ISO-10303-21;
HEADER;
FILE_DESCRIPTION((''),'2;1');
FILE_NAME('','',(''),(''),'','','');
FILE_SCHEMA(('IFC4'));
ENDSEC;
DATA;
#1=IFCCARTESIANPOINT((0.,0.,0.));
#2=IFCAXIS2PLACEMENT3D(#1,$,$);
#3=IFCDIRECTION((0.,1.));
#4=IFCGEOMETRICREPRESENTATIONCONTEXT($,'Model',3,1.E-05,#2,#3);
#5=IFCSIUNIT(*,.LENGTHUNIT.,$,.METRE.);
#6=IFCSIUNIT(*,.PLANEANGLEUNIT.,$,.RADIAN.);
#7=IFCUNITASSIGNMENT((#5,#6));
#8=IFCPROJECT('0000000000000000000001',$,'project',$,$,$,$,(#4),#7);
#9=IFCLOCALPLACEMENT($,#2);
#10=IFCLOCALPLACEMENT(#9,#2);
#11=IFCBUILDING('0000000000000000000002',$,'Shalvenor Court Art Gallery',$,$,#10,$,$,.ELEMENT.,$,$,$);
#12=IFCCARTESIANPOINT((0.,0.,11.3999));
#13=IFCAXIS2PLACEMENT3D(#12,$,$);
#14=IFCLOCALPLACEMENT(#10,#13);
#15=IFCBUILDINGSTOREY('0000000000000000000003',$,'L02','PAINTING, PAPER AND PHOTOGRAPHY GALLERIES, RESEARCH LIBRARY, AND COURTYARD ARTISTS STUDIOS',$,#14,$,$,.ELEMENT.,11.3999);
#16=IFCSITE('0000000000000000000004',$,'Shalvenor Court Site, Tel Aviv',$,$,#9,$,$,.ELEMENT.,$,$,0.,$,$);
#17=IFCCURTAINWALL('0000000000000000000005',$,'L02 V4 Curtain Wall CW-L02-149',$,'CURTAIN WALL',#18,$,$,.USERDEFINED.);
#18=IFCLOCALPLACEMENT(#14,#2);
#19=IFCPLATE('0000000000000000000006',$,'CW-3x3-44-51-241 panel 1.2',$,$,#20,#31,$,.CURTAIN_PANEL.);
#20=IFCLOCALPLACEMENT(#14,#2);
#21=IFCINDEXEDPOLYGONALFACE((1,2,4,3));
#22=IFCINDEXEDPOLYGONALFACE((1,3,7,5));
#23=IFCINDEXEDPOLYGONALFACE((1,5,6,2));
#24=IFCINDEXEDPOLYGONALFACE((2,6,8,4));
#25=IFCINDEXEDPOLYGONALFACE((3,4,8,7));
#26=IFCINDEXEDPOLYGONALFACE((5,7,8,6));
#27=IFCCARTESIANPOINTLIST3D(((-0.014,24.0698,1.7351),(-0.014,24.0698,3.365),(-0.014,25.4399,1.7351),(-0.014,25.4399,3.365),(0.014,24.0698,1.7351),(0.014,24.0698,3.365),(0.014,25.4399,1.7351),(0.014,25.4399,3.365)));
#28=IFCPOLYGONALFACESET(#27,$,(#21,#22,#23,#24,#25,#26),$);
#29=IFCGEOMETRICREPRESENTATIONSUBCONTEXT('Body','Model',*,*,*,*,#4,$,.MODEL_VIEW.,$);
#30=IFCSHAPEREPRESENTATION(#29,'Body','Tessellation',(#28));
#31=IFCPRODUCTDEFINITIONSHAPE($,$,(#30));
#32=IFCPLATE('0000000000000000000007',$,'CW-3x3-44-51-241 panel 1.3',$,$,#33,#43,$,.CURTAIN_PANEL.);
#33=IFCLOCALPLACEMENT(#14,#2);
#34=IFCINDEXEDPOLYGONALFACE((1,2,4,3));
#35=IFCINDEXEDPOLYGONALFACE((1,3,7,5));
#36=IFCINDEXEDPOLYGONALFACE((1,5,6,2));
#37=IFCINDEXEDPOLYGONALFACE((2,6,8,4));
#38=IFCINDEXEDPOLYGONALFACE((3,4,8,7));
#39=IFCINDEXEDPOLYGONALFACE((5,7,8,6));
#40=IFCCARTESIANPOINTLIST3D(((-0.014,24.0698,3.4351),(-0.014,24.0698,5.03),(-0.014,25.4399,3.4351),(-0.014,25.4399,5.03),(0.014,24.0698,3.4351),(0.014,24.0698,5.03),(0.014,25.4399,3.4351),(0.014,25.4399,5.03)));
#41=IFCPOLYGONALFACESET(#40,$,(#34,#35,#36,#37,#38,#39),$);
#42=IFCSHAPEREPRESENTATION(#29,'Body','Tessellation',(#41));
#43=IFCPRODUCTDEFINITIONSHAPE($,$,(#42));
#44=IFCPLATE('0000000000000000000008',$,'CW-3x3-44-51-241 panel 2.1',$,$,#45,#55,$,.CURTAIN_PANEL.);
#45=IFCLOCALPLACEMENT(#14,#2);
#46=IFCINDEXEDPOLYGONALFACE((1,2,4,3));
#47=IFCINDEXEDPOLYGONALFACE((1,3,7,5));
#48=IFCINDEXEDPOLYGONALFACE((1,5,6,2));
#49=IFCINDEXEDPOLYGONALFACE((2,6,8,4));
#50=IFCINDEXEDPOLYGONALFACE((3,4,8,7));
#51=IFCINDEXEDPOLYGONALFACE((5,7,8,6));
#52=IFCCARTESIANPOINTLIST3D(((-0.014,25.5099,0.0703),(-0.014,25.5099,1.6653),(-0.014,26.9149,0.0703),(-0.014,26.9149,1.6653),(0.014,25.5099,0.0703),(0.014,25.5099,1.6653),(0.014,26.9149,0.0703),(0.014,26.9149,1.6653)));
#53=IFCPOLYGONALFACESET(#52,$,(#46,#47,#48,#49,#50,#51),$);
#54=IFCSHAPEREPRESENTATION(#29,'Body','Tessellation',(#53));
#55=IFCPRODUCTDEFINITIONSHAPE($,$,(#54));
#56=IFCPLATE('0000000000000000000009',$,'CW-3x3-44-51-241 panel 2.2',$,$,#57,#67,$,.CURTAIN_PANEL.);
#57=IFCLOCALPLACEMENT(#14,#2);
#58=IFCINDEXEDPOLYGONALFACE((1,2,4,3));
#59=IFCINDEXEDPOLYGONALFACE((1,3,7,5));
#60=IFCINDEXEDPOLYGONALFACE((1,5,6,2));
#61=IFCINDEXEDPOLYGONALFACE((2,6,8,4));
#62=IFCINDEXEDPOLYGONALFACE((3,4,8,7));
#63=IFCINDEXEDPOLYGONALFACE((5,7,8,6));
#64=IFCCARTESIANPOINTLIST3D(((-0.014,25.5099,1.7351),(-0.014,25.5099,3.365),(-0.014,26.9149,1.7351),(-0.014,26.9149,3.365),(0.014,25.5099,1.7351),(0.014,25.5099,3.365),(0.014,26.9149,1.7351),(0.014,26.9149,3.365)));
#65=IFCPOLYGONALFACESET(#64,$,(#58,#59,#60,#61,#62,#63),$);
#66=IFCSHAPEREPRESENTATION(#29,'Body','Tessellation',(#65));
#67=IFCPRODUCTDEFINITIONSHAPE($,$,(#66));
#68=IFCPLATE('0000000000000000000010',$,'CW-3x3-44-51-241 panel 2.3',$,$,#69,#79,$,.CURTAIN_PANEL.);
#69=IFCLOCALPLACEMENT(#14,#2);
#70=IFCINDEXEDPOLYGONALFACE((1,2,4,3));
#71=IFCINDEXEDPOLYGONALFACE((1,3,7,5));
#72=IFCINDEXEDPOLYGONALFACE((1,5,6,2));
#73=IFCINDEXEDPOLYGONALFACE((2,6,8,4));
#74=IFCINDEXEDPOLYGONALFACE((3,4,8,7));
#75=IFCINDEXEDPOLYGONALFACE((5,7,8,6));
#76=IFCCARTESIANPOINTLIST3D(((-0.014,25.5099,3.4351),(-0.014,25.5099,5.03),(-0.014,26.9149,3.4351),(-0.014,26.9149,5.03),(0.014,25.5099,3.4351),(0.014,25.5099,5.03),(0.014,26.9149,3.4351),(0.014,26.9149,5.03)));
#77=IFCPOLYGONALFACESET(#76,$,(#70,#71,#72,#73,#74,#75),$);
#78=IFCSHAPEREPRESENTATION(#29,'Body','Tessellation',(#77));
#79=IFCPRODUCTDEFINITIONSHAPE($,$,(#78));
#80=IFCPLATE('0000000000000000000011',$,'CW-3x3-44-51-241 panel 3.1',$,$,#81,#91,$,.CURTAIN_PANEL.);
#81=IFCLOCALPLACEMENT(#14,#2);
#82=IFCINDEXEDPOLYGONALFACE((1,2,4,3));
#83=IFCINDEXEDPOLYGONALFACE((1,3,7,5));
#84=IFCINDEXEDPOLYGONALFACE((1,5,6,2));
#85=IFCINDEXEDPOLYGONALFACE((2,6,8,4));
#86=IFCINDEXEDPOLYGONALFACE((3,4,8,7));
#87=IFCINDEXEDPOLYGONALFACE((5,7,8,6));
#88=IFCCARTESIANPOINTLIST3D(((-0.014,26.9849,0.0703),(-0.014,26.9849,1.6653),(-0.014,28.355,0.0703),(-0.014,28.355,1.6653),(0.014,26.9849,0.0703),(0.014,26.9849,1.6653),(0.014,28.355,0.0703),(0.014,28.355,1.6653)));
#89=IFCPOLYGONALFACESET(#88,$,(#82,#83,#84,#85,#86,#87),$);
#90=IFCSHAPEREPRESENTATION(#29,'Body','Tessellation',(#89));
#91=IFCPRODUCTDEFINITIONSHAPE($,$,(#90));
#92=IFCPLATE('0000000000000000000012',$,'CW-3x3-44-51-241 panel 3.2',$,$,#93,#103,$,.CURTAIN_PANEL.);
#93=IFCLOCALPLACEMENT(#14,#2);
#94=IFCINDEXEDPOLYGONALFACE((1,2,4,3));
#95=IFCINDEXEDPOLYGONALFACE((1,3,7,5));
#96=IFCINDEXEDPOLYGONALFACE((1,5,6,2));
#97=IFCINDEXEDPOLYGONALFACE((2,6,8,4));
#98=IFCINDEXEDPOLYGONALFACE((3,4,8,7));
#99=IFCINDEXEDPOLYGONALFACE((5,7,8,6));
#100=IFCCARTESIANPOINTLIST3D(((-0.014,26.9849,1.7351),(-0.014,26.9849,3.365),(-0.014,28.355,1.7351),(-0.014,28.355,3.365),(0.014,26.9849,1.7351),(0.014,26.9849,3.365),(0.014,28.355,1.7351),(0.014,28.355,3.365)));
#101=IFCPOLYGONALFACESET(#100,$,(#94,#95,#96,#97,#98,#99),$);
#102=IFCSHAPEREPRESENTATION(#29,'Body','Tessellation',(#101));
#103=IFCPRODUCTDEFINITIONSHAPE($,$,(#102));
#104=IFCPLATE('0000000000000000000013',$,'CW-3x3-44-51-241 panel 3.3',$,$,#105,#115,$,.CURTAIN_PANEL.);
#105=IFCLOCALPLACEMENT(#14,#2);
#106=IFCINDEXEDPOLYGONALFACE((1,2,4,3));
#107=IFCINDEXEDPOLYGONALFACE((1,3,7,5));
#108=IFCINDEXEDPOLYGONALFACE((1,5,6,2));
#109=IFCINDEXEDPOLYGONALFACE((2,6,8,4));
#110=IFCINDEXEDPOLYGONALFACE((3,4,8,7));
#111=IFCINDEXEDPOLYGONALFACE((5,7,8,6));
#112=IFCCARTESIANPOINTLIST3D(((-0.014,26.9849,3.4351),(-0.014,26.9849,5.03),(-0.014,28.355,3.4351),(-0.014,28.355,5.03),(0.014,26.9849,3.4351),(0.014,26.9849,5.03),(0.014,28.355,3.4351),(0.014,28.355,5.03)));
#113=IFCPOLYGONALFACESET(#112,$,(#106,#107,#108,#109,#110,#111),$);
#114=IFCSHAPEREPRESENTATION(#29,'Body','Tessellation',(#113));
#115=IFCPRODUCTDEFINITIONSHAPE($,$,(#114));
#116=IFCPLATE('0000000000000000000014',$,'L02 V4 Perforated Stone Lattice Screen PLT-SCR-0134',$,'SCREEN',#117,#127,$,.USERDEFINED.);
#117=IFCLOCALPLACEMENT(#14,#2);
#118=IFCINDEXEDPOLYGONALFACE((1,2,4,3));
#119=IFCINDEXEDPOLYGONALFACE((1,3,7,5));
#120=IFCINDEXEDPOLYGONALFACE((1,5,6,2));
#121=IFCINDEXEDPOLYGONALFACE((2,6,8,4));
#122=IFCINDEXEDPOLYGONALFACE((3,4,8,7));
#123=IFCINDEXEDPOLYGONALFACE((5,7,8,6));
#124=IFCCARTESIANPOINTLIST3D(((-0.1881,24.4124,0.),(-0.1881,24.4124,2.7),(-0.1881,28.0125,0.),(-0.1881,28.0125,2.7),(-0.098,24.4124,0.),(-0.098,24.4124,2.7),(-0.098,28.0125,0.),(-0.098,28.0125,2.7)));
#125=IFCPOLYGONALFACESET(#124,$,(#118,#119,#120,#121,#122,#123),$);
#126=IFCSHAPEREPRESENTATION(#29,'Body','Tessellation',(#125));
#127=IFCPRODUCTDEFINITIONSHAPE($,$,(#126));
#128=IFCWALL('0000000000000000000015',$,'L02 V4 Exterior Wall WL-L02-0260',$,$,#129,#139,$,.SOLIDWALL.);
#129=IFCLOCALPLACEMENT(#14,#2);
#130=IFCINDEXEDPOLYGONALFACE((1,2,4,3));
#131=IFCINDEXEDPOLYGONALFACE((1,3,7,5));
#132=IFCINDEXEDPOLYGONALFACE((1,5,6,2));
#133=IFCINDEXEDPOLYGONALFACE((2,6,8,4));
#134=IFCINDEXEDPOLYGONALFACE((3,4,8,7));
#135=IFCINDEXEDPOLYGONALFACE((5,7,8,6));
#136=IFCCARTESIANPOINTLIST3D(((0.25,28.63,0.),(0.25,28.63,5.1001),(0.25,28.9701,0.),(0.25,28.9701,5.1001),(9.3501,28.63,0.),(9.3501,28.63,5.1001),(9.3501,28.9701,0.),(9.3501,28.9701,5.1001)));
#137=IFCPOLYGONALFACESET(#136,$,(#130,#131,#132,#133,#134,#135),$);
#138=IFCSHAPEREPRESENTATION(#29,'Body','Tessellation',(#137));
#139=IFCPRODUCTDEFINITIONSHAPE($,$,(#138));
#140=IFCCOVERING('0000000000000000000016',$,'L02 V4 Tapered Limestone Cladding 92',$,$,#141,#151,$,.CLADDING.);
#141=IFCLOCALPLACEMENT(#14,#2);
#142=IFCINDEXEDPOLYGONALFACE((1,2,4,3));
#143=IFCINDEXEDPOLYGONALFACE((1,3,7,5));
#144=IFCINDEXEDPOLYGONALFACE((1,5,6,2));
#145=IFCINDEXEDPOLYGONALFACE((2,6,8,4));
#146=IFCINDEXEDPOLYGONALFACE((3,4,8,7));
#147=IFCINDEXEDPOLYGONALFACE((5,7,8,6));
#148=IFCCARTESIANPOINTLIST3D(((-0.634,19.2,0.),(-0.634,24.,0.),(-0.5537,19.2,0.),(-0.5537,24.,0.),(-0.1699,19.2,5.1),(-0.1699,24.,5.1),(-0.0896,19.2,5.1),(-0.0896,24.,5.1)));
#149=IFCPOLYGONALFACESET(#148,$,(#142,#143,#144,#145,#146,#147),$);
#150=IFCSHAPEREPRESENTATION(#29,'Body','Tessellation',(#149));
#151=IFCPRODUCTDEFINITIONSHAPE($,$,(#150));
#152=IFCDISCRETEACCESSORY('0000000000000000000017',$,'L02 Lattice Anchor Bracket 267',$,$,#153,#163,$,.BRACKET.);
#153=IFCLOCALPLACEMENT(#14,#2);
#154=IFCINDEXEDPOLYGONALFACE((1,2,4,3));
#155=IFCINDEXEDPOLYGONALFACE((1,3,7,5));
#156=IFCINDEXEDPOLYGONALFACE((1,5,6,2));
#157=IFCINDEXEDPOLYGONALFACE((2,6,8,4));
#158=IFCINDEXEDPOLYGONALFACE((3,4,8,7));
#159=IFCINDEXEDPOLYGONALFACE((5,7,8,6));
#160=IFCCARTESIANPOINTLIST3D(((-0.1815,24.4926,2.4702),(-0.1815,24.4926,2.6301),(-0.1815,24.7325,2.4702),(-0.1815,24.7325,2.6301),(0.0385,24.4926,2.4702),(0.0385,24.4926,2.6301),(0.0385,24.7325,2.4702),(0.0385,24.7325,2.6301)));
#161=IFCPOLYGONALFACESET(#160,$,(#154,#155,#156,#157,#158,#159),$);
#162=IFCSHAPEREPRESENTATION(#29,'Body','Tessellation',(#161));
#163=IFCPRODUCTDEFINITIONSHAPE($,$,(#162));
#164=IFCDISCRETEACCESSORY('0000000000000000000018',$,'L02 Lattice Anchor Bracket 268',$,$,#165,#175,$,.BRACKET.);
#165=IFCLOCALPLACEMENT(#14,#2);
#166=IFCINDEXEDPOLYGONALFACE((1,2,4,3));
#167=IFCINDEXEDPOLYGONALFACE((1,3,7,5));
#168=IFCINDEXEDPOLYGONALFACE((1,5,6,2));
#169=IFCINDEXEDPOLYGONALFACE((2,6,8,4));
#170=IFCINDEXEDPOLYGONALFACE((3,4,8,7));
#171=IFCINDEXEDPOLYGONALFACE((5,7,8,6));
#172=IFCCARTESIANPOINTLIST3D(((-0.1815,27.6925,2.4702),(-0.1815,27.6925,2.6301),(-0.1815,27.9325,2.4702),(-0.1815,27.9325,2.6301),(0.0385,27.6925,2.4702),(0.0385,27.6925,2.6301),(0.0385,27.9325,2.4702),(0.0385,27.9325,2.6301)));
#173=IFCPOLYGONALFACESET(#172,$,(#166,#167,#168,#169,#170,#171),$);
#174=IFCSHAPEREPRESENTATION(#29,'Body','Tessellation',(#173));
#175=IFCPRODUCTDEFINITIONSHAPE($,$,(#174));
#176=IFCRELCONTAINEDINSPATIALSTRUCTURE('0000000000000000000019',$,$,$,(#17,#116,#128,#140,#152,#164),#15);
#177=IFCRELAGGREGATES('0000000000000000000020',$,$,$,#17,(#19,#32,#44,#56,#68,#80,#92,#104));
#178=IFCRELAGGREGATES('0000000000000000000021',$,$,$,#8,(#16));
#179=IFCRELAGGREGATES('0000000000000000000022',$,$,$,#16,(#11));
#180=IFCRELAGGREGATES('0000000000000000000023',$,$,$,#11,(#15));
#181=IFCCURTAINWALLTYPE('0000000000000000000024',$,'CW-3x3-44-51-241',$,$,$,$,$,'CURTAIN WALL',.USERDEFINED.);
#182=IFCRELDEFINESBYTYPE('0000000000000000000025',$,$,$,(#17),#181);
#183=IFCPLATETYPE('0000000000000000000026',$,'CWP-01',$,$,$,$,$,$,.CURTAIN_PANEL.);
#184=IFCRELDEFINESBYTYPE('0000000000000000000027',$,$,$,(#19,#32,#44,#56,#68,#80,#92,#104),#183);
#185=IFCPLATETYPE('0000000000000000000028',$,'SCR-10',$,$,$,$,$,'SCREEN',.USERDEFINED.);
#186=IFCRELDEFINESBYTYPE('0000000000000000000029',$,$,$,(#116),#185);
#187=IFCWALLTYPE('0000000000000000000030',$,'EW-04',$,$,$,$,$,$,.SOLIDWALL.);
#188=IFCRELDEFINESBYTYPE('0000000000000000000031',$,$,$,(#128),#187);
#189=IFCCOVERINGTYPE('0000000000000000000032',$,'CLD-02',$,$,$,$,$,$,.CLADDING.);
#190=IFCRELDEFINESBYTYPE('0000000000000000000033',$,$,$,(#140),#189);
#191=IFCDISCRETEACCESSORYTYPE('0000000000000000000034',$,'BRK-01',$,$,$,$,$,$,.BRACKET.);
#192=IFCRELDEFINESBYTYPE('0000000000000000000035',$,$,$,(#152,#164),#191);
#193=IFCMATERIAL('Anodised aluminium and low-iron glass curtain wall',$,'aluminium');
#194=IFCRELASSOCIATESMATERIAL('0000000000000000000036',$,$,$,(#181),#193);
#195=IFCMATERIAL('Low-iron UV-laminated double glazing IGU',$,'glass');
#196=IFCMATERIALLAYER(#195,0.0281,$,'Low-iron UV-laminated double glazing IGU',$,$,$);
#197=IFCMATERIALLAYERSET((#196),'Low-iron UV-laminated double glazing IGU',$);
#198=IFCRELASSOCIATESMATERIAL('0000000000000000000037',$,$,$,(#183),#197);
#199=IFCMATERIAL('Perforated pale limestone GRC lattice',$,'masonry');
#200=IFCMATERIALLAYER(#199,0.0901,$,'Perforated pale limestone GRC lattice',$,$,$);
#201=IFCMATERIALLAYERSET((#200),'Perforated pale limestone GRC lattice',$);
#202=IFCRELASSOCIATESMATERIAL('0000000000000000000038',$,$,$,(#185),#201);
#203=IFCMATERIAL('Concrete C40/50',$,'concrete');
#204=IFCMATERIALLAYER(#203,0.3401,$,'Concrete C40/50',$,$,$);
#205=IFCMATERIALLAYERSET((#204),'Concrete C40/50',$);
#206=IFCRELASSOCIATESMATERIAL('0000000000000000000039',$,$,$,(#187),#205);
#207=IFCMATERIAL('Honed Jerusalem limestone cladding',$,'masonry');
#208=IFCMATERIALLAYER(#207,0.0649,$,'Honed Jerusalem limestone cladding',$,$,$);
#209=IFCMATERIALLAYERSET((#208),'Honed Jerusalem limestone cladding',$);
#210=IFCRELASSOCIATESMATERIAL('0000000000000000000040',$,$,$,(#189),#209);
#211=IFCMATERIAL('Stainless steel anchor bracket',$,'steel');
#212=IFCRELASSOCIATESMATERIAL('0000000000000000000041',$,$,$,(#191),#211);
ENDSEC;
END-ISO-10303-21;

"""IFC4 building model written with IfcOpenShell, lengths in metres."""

from ifc_helpers import new_model, si_unit, direction, frame, frame_2d, origin, origin_2d, place, context, subcontext, project, spatial, polyline, rectangle, outline, extrude, material, layer, layer_set, type_object, element, aggregate, save


model = new_model("IFC4")

# Units and contexts
model_context = context("Model", 3, precision=1e-05, world=origin(), true_north=direction((0.0, 1.0)))
body_context = subcontext(model_context, "Body", "Model", "MODEL_VIEW")
ifc_project = project(units=[si_unit("LENGTHUNIT", "METRE"), si_unit("PLANEANGLEUNIT", "RADIAN")], contexts=[model_context])

# Site, building, storey
site_placement = place(None, origin())
site = spatial("IfcSite", under=ifc_project, at=site_placement, Name="Shalvenor Court Site, Tel Aviv", CompositionType="ELEMENT", RefElevation=0.0)
building_placement = place(site_placement, origin())
building = spatial("IfcBuilding", under=site, at=building_placement, Name="Shalvenor Court Art Gallery", CompositionType="ELEMENT")
storey_placement = place(building_placement, frame((0.0, 0.0, 11.3999)))
storey = spatial("IfcBuildingStorey", under=building, at=storey_placement, Name="L02", Description="PAINTING, PAPER AND PHOTOGRAPHY GALLERIES, RESEARCH LIBRARY, AND COURTYARD ARTISTS STUDIOS", CompositionType="ELEMENT", Elevation=11.3999)

# Curtain wall, plates
ifc_material_1 = material(Name="Anodised aluminium and low-iron glass curtain wall", Category="aluminium")
curtain_wall_type = type_object("IfcCurtainWallType", Name="CW-3x3-44-51-241", ElementType="CURTAIN WALL", PredefinedType="USERDEFINED", material=ifc_material_1)
curtain_wall_placement = place(storey_placement, origin())
curtain_wall = element("IfcCurtainWall", 1, at=curtain_wall_placement, inside=storey, type_object=curtain_wall_type, Name="L02 V4 Curtain Wall CW-L02-149", ObjectType="CURTAIN WALL", PredefinedType="USERDEFINED")
ifc_material_2 = material(Name="Low-iron UV-laminated double glazing IGU", Category="glass")
ifc_layer_1 = layer(ifc_material_2, 0.0281, Name="Low-iron UV-laminated double glazing IGU")
ifc_layer_set_1 = layer_set([ifc_layer_1], Name="Low-iron UV-laminated double glazing IGU")
plate_type_1 = type_object("IfcPlateType", Name="CWP-01", PredefinedType="CURTAIN_PANEL", material=ifc_layer_set_1)
plate_1_placement = place(storey_placement, frame((0.0, 24.7549, 1.7351), z_axis=(0.0, 0.0, 1.0), x_axis=(0.0, 1.0, 0.0)))
plate_1 = element("IfcPlate", 2, at=plate_1_placement, type_object=plate_type_1, Name="CW-3x3-44-51-241 panel 1.2", PredefinedType="CURTAIN_PANEL", context=body_context, shape_type="SweptSolid", body=[
    extrude(rectangle(XDim=1.3701, YDim=0.0281, at=origin_2d()), origin(), (0.0, 0.0, 1.0), 1.6299),
])
plate_2_placement = place(storey_placement, frame((0.0, 24.7549, 3.4351), z_axis=(0.0, 0.0, 1.0), x_axis=(0.0, 1.0, 0.0)))
plate_2 = element("IfcPlate", 3, at=plate_2_placement, type_object=plate_type_1, Name="CW-3x3-44-51-241 panel 1.3", PredefinedType="CURTAIN_PANEL", context=body_context, shape_type="SweptSolid", body=[
    extrude(rectangle(XDim=1.3701, YDim=0.0281, at=origin_2d()), origin(), (0.0, 0.0, 1.0), 1.595),
])
plate_3_placement = place(storey_placement, frame((0.0, 26.2124, 0.0703), z_axis=(0.0, 0.0, 1.0), x_axis=(0.0, 1.0, 0.0)))
plate_3 = element("IfcPlate", 4, at=plate_3_placement, type_object=plate_type_1, Name="CW-3x3-44-51-241 panel 2.1", PredefinedType="CURTAIN_PANEL", context=body_context, shape_type="SweptSolid", body=[
    extrude(rectangle(XDim=1.405, YDim=0.0281, at=origin_2d()), origin(), (0.0, 0.0, 1.0), 1.595),
])
plate_4_placement = place(storey_placement, frame((0.0, 26.2124, 1.7351), z_axis=(0.0, 0.0, 1.0), x_axis=(0.0, 1.0, 0.0)))
plate_4 = element("IfcPlate", 5, at=plate_4_placement, type_object=plate_type_1, Name="CW-3x3-44-51-241 panel 2.2", PredefinedType="CURTAIN_PANEL", context=body_context, shape_type="SweptSolid", body=[
    extrude(rectangle(XDim=1.405, YDim=0.0281, at=origin_2d()), origin(), (0.0, 0.0, 1.0), 1.6299),
])
plate_5_placement = place(storey_placement, frame((0.0, 26.2124, 3.4351), z_axis=(0.0, 0.0, 1.0), x_axis=(0.0, 1.0, 0.0)))
plate_5 = element("IfcPlate", 6, at=plate_5_placement, type_object=plate_type_1, Name="CW-3x3-44-51-241 panel 2.3", PredefinedType="CURTAIN_PANEL", context=body_context, shape_type="SweptSolid", body=[
    extrude(rectangle(XDim=1.405, YDim=0.0281, at=origin_2d()), origin(), (0.0, 0.0, 1.0), 1.595),
])
plate_6_placement = place(storey_placement, frame((0.0, 27.6699, 0.0703), z_axis=(0.0, 0.0, 1.0), x_axis=(0.0, 1.0, 0.0)))
plate_6 = element("IfcPlate", 7, at=plate_6_placement, type_object=plate_type_1, Name="CW-3x3-44-51-241 panel 3.1", PredefinedType="CURTAIN_PANEL", context=body_context, shape_type="SweptSolid", body=[
    extrude(rectangle(XDim=1.3701, YDim=0.0281, at=origin_2d()), origin(), (0.0, 0.0, 1.0), 1.595),
])
plate_7_placement = place(storey_placement, frame((0.0, 27.6699, 1.7351), z_axis=(0.0, 0.0, 1.0), x_axis=(0.0, 1.0, 0.0)))
plate_7 = element("IfcPlate", 8, at=plate_7_placement, type_object=plate_type_1, Name="CW-3x3-44-51-241 panel 3.2", PredefinedType="CURTAIN_PANEL", context=body_context, shape_type="SweptSolid", body=[
    extrude(rectangle(XDim=1.3701, YDim=0.0281, at=origin_2d()), origin(), (0.0, 0.0, 1.0), 1.6299),
])
plate_8_placement = place(storey_placement, frame((0.0, 27.6699, 3.4351), z_axis=(0.0, 0.0, 1.0), x_axis=(0.0, 1.0, 0.0)))
plate_8 = element("IfcPlate", 9, at=plate_8_placement, type_object=plate_type_1, Name="CW-3x3-44-51-241 panel 3.3", PredefinedType="CURTAIN_PANEL", context=body_context, shape_type="SweptSolid", body=[
    extrude(rectangle(XDim=1.3701, YDim=0.0281, at=origin_2d()), origin(), (0.0, 0.0, 1.0), 1.595),
])
aggregate(curtain_wall, [plate_1, plate_2, plate_3, plate_4, plate_5, plate_6, plate_7, plate_8])

# Plate
ifc_material_3 = material(Name="Perforated pale limestone GRC lattice", Category="masonry")
ifc_layer_2 = layer(ifc_material_3, 0.0901, Name="Perforated pale limestone GRC lattice")
ifc_layer_set_2 = layer_set([ifc_layer_2], Name="Perforated pale limestone GRC lattice")
plate_type_2 = type_object("IfcPlateType", Name="SCR-10", ElementType="SCREEN", PredefinedType="USERDEFINED", material=ifc_layer_set_2)
plate_9_placement = place(storey_placement, frame((-0.1431, 26.2124, 0.0), z_axis=(0.0, 0.0, 1.0), x_axis=(0.0, 1.0, 0.0)))
element("IfcPlate", 10, at=plate_9_placement, inside=storey, type_object=plate_type_2, Name="L02 V4 Perforated Stone Lattice Screen PLT-SCR-0134", ObjectType="SCREEN", PredefinedType="USERDEFINED", context=body_context, shape_type="SweptSolid", body=[
    extrude(rectangle(XDim=3.6001, YDim=0.0901, at=origin_2d()), origin(), (0.0, 0.0, 1.0), 2.7),
])

# Wall
ifc_material_4 = material(Name="Concrete C40/50", Category="concrete")
ifc_layer_3 = layer(ifc_material_4, 0.3401, Name="Concrete C40/50")
ifc_layer_set_3 = layer_set([ifc_layer_3], Name="Concrete C40/50")
wall_type = type_object("IfcWallType", Name="EW-04", PredefinedType="SOLIDWALL", material=ifc_layer_set_3)
wall_placement = place(storey_placement, frame((0.25, 28.8, 0.0), z_axis=(0.0, 0.0, 1.0), x_axis=(1.0, 0.0, 0.0)))
element("IfcWall", 11, at=wall_placement, inside=storey, type_object=wall_type, Name="L02 V4 Exterior Wall WL-L02-0260", PredefinedType="SOLIDWALL", context=body_context, shape_type="SweptSolid", body=[
    extrude(rectangle(XDim=9.1001, YDim=0.3401, at=frame_2d((4.55, 0.0))), origin(), (0.0, 0.0, 1.0), 5.1001),
])

# Covering
ifc_material_5 = material(Name="Honed Jerusalem limestone cladding", Category="masonry")
ifc_layer_4 = layer(ifc_material_5, 0.0649, Name="Honed Jerusalem limestone cladding")
ifc_layer_set_4 = layer_set([ifc_layer_4], Name="Honed Jerusalem limestone cladding")
covering_type = type_object("IfcCoveringType", Name="CLD-02", PredefinedType="CLADDING", material=ifc_layer_set_4)
covering_placement = place(storey_placement, frame((-0.634, 24.0, 0.0), z_axis=(0.0, 0.0, 1.0), x_axis=(0.0, -1.0, 0.0)))
element("IfcCovering", 12, at=covering_placement, inside=storey, type_object=covering_type, Name="L02 V4 Tapered Limestone Cladding 92", PredefinedType="CLADDING", context=body_context, shape_type="SweptSolid", body=[
    extrude(outline(polyline([(0.0, 0.0), (4.8, 0.0), (4.8, 5.1211), (0.0, 5.1211), (0.0, 0.0)])), frame((0.0, 0.0, 0.0), z_axis=(0.0, -0.995884, 0.090633), x_axis=(1.0, 0.0, 0.0)), (0.0, 0.090633, -0.995884), 0.0803),
])

# Discrete accessories
ifc_material_6 = material(Name="Stainless steel anchor bracket", Category="steel")
discrete_accessory_type = type_object("IfcDiscreteAccessoryType", Name="BRK-01", PredefinedType="BRACKET", material=ifc_material_6)
for number, where, z_axis, x_axis, name in (
    (13, (-0.0715, 24.6125, 2.4702), (0.0, 0.0, 1.0), (0.0, 1.0, 0.0), "L02 Lattice Anchor Bracket 267"),
    (14, (-0.0715, 27.8125, 2.4702), (0.0, 0.0, 1.0), (0.0, 1.0, 0.0), "L02 Lattice Anchor Bracket 268"),
):
    element("IfcDiscreteAccessory", number, at=place(storey_placement, frame(where, z_axis=z_axis, x_axis=x_axis)), inside=storey, type_object=discrete_accessory_type, Name=name, PredefinedType="BRACKET", context=body_context, shape_type="SweptSolid", body=[
        extrude(rectangle(XDim=0.24, YDim=0.22, at=origin_2d()), origin(), (0.0, 0.0, 1.0), 0.1599),
    ])

save(model, "model.ifc")
